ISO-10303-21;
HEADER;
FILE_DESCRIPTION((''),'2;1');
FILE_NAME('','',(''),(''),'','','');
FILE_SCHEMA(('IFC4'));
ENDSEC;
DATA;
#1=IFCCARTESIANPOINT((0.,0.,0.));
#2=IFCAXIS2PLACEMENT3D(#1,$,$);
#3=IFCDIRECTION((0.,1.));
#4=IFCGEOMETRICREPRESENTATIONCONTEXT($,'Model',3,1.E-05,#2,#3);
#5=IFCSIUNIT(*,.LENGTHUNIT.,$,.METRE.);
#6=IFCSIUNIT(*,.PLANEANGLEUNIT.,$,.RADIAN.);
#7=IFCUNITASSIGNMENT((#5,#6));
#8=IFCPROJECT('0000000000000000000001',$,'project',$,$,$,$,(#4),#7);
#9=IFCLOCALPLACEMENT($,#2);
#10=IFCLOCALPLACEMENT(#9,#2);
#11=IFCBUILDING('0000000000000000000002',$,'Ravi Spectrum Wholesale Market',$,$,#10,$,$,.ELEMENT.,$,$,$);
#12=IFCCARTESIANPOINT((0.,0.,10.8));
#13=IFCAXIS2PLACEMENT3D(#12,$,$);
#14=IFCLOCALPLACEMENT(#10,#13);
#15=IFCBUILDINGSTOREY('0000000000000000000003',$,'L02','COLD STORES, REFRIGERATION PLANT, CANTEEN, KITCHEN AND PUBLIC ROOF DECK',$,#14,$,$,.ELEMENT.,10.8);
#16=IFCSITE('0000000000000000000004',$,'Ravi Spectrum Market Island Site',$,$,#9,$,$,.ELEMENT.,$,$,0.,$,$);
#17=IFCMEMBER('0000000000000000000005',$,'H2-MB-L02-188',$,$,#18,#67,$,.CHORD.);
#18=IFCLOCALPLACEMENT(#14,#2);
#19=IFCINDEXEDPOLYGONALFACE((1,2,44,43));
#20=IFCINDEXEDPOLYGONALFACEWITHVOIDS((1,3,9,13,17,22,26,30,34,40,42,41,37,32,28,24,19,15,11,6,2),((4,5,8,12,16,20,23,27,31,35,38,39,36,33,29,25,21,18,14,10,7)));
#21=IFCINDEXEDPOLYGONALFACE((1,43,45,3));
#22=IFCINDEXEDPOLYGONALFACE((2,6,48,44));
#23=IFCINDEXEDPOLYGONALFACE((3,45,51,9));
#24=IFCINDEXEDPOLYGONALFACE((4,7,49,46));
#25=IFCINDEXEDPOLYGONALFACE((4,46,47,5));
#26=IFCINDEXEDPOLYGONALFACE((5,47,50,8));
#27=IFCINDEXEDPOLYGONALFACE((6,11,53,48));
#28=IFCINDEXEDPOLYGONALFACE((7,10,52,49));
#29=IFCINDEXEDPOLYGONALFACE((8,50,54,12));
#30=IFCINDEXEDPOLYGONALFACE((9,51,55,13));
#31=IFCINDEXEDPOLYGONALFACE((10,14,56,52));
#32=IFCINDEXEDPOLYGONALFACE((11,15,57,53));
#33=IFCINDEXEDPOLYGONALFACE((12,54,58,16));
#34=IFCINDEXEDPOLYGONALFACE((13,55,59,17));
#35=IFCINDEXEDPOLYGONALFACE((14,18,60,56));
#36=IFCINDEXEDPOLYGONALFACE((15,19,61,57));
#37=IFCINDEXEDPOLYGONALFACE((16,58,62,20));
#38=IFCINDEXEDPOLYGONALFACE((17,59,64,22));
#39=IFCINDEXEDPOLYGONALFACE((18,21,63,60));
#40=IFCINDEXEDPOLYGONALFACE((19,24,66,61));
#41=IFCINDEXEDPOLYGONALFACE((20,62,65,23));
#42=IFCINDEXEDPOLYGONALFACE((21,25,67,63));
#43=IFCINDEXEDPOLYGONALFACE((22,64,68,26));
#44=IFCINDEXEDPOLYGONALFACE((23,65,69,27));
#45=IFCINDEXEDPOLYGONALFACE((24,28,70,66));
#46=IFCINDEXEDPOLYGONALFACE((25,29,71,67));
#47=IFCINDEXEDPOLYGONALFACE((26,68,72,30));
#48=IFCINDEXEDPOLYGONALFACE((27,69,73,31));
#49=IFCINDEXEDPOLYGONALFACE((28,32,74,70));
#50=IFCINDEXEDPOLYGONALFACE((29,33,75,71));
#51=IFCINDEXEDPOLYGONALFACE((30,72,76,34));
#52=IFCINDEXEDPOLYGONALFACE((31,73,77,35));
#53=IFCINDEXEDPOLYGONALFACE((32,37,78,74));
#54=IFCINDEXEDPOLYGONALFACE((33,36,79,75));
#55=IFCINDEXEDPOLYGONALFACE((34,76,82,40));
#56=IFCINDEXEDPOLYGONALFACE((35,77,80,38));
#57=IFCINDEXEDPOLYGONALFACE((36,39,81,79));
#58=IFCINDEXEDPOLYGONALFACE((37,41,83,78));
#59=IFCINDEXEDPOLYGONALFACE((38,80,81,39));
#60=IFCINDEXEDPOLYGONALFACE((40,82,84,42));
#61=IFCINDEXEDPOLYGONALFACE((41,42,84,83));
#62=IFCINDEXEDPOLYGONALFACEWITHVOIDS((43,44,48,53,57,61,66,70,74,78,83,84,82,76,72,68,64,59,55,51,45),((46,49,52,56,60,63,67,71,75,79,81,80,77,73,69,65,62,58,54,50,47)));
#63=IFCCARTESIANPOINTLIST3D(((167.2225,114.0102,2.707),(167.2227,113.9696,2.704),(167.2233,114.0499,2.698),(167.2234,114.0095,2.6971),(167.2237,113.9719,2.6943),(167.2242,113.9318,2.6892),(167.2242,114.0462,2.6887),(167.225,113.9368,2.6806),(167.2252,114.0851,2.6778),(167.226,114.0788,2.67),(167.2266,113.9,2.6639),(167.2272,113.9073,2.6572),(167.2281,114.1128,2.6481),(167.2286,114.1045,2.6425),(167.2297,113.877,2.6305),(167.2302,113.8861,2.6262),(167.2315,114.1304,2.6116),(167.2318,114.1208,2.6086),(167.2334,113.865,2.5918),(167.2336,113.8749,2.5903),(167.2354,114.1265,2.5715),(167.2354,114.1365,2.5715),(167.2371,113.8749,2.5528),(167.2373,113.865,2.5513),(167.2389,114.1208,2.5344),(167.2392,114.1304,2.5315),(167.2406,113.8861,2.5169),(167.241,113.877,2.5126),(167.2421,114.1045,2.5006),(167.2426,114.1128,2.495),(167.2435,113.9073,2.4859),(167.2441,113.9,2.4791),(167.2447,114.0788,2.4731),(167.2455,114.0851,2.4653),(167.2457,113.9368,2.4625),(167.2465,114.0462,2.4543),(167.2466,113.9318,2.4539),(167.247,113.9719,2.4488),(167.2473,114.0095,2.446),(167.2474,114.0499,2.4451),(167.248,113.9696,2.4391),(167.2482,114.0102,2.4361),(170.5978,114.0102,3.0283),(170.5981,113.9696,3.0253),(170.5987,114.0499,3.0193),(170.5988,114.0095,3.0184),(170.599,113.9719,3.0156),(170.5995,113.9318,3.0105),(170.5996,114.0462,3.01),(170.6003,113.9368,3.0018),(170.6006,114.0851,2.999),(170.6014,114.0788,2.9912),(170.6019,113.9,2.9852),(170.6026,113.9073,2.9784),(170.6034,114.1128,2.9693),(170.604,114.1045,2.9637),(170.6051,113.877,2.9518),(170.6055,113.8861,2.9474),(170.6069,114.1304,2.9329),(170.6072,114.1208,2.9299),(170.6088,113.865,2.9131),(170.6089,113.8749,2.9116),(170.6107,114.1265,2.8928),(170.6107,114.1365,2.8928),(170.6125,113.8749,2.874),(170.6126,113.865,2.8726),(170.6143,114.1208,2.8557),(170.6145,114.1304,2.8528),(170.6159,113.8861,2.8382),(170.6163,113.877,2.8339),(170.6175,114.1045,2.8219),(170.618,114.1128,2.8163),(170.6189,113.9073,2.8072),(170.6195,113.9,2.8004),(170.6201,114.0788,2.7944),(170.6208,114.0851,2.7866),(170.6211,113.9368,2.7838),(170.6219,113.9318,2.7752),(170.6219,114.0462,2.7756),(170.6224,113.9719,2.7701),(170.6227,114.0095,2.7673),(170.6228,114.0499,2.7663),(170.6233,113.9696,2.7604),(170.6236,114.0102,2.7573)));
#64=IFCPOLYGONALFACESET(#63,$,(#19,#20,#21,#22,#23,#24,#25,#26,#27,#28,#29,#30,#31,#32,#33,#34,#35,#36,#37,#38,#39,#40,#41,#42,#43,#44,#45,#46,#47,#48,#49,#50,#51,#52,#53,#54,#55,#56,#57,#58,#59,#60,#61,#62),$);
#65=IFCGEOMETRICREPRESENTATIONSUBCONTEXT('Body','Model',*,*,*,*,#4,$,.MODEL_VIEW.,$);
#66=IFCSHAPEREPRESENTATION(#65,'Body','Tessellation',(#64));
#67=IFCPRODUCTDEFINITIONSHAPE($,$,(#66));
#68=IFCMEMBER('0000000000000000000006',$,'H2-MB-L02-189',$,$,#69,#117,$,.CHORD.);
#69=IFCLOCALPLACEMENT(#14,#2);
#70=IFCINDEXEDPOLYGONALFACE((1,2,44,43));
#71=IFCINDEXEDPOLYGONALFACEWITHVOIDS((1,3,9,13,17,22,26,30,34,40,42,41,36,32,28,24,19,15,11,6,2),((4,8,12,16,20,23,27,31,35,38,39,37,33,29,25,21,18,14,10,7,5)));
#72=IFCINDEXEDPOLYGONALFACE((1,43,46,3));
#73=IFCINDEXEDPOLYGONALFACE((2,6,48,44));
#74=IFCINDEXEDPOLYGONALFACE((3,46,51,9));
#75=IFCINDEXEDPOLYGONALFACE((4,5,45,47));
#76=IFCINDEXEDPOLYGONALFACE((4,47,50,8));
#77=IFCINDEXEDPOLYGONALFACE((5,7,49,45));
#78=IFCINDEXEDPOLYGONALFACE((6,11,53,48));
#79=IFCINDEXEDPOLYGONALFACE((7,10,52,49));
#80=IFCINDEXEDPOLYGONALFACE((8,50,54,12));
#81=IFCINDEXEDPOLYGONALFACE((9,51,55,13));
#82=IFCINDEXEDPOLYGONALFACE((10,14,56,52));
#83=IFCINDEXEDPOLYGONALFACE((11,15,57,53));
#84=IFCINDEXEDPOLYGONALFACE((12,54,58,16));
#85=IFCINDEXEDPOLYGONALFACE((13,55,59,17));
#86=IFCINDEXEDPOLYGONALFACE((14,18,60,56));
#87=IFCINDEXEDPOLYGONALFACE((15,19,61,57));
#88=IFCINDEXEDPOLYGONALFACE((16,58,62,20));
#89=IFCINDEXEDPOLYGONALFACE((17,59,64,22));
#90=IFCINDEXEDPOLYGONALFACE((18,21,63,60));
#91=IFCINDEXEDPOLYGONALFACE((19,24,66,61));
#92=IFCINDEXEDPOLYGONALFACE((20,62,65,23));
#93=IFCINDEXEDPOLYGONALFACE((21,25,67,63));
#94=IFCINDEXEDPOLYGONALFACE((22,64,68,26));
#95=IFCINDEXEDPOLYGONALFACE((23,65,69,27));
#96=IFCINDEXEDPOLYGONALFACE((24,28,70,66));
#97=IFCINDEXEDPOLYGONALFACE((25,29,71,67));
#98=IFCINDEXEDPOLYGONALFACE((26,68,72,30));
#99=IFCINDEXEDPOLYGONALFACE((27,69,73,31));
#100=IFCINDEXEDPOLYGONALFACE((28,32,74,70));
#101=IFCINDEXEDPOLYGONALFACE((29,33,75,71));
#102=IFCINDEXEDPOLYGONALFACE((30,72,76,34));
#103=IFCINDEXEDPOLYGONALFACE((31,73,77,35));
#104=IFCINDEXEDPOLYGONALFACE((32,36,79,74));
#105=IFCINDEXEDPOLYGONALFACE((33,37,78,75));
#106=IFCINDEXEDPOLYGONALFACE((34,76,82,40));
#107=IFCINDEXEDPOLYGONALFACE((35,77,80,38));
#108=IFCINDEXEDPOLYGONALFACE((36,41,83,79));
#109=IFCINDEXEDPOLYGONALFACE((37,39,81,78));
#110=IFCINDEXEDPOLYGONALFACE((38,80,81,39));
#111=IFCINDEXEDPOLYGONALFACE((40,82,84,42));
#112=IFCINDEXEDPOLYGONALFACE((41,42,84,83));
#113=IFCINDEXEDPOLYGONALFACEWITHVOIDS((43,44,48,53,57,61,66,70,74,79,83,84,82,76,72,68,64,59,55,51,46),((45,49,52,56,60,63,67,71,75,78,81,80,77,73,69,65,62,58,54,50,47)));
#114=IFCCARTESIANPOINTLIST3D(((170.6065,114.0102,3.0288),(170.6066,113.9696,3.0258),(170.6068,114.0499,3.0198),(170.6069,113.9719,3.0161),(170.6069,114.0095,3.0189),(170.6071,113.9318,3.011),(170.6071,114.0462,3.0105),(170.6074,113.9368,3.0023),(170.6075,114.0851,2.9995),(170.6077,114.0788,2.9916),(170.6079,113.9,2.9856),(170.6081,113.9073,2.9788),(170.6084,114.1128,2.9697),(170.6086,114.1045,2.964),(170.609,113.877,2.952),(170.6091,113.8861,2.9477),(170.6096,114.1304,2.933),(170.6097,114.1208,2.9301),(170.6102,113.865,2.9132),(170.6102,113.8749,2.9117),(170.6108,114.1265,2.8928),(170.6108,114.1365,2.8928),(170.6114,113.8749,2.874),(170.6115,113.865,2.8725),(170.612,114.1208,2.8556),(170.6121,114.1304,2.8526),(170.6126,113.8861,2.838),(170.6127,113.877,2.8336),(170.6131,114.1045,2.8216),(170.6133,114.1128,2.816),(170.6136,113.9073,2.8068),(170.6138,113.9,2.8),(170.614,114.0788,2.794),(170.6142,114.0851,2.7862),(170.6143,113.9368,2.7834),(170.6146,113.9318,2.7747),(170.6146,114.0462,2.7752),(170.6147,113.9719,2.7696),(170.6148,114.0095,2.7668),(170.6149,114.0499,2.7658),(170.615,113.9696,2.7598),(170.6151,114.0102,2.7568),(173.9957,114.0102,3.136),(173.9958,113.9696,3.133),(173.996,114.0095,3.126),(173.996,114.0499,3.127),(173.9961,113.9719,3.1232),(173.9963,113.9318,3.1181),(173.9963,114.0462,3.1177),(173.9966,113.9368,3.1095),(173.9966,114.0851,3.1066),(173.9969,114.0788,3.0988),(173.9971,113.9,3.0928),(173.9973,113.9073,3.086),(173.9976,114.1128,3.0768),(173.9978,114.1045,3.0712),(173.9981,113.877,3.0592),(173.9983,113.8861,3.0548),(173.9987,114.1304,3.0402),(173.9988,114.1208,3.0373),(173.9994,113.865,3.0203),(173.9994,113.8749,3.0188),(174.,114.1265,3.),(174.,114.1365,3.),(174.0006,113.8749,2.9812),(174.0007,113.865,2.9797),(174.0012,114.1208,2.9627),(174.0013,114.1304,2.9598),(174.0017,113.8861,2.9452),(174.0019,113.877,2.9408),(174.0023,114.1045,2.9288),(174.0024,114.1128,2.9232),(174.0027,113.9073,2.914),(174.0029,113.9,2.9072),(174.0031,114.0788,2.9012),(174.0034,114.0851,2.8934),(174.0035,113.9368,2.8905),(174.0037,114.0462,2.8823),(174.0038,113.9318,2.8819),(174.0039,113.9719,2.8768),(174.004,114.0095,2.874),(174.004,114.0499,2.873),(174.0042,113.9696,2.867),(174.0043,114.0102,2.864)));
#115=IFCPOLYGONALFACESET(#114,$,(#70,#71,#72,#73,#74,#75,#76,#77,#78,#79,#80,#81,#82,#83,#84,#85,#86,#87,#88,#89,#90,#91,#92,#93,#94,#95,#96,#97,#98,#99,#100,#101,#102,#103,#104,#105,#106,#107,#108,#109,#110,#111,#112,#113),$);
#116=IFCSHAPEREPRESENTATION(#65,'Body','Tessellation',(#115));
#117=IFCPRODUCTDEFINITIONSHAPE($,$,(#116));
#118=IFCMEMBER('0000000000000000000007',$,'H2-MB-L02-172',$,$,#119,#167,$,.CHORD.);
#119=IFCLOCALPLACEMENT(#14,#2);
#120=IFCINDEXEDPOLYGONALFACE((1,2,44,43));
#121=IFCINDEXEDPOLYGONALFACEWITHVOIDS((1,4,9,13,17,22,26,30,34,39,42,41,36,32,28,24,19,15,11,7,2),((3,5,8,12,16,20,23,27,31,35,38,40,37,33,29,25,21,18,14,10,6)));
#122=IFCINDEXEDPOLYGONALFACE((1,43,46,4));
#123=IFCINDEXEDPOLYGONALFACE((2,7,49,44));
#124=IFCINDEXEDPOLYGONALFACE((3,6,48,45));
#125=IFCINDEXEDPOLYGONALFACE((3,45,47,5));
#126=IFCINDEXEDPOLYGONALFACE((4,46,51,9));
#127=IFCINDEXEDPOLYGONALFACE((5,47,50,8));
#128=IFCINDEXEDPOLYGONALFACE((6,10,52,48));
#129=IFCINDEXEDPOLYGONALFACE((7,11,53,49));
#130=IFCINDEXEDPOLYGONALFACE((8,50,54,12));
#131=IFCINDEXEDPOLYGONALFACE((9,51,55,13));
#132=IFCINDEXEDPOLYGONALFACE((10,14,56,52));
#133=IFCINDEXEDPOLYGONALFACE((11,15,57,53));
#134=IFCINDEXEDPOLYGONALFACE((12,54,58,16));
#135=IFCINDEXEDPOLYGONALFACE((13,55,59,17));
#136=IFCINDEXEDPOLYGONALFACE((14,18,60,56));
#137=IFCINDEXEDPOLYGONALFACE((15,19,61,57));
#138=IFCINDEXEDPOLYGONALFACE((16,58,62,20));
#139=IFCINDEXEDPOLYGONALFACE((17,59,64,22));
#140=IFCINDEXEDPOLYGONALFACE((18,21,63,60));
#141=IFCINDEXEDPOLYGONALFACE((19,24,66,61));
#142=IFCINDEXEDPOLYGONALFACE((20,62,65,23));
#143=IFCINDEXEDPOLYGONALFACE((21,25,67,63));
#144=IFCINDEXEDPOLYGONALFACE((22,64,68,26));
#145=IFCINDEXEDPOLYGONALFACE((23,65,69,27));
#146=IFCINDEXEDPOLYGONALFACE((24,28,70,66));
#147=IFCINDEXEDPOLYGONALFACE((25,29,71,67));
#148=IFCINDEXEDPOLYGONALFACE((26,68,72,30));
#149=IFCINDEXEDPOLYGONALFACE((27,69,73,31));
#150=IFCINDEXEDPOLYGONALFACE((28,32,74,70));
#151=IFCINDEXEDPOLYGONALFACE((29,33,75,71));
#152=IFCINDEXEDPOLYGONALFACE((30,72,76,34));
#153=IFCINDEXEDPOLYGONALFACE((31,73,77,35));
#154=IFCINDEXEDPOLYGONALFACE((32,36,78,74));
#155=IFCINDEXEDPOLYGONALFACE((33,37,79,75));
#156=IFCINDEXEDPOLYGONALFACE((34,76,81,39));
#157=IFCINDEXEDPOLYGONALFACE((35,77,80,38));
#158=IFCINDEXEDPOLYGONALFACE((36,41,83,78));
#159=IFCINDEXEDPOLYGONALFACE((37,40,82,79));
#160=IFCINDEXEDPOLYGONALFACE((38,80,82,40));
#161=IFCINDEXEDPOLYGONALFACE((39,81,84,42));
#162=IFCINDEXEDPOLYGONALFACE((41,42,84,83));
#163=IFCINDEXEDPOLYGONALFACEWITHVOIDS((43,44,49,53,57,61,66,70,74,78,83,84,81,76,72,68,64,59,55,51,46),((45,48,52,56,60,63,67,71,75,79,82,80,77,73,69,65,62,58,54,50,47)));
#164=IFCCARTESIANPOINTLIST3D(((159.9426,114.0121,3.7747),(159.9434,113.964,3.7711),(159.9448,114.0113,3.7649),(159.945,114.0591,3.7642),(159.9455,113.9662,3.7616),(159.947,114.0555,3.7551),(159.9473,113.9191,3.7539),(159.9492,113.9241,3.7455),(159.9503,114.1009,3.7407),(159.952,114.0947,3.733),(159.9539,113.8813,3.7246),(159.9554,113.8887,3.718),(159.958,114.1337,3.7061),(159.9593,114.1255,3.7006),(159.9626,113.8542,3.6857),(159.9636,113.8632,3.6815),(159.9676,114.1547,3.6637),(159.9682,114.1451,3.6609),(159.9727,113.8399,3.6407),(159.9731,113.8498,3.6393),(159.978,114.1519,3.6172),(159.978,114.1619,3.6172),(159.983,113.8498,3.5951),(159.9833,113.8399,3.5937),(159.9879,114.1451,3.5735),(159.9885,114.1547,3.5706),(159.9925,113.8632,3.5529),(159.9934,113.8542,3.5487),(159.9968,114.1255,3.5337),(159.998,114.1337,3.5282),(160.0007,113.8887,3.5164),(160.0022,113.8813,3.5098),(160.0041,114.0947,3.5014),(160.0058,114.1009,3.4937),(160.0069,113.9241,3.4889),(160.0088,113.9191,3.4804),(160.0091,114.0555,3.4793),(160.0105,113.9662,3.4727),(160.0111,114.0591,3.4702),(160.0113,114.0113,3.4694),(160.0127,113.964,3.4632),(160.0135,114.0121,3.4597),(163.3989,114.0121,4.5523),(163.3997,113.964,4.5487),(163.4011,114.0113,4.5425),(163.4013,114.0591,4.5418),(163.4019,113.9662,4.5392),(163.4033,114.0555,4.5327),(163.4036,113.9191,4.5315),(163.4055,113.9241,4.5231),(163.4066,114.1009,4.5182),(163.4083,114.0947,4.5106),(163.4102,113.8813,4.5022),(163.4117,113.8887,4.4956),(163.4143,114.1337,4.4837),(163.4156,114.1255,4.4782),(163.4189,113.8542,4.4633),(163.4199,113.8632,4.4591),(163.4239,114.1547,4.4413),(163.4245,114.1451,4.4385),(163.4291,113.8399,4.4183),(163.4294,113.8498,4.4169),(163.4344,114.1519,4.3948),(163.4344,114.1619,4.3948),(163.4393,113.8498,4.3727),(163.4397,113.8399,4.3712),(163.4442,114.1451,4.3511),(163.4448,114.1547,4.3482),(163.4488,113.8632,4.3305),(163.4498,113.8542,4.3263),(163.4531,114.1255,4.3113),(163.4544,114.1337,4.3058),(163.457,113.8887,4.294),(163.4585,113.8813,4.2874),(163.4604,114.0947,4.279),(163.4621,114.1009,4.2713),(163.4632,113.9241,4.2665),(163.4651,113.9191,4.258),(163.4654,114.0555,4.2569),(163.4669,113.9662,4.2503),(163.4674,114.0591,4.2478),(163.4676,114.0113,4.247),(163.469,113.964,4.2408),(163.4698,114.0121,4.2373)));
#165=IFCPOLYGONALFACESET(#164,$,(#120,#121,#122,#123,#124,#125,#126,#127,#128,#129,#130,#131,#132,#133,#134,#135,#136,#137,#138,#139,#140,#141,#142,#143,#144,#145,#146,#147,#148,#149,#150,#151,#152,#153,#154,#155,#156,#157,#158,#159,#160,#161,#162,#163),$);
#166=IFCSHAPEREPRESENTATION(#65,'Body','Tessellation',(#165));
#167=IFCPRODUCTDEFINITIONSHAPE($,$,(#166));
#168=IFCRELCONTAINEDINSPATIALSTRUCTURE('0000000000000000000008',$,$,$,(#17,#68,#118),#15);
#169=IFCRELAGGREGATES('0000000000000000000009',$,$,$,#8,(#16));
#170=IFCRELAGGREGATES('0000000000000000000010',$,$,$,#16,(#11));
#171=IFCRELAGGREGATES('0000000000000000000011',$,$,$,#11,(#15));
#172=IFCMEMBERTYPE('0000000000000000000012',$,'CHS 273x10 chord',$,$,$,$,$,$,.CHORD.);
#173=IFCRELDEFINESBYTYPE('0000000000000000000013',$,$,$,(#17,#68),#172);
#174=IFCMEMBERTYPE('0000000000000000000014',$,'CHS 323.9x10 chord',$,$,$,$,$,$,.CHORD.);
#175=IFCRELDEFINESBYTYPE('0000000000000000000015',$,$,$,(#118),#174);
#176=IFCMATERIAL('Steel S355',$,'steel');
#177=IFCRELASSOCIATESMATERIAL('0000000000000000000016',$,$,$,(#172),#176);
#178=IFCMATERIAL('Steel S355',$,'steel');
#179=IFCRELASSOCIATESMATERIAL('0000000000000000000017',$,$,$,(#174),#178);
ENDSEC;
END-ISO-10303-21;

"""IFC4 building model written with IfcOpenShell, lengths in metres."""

from ifc_helpers import new_model, si_unit, direction, frame, origin, origin_2d, place, context, subcontext, project, spatial, hollow_circle, extrude, material, material_profile, profile_set, type_object, element, save


model = new_model("IFC4")

# Units and contexts
model_context = context("Model", 3, precision=1e-05, world=origin(), true_north=direction((0.0, 1.0)))
body_context = subcontext(model_context, "Body", "Model", "MODEL_VIEW")
ifc_project = project(units=[si_unit("LENGTHUNIT", "METRE"), si_unit("PLANEANGLEUNIT", "RADIAN")], contexts=[model_context])

# Site, building, storey
site_placement = place(None, origin())
site = spatial("IfcSite", under=ifc_project, at=site_placement, Name="Ravi Spectrum Market Island Site", CompositionType="ELEMENT", RefElevation=0.0)
building_placement = place(site_placement, origin())
building = spatial("IfcBuilding", under=site, at=building_placement, Name="Ravi Spectrum Wholesale Market", CompositionType="ELEMENT")
storey_placement = place(building_placement, frame((0.0, 0.0, 10.8)))
storey = spatial("IfcBuildingStorey", under=building, at=storey_placement, Name="L02", Description="COLD STORES, REFRIGERATION PLANT, CANTEEN, KITCHEN AND PUBLIC ROOF DECK", CompositionType="ELEMENT", Elevation=10.8)

# Members
ifc_material_1 = material(Name="Steel S355", Category="steel")
ifc_material_profile_1 = material_profile(ifc_material_1, hollow_circle(Radius=0.1365, WallThickness=0.01, at=origin_2d()))
ifc_profile_set_1 = profile_set([ifc_material_profile_1], Name="Steel S355")
member_type_1 = type_object("IfcMemberType", Name="CHS 273x10 chord", PredefinedType="CHORD", material=ifc_profile_set_1)
member_1_placement = place(storey_placement, frame((167.2354, 114.0, 2.5715), z_axis=(0.995501, 0.0, 0.094755), x_axis=(0.0, 1.0, 0.0)))
element("IfcMember", 1, at=member_1_placement, inside=storey, type_object=member_type_1, Name="H2-MB-L02-188", PredefinedType="CHORD", context=body_context, shape_type="SweptSolid", body=[
    extrude(hollow_circle(Radius=0.1365, WallThickness=0.01, at=origin_2d()), origin(), (0.0, 0.0, 1.0), 3.3906),
])
member_2_placement = place(storey_placement, frame((170.6108, 114.0, 2.8928), z_axis=(0.9995, 0.0, 0.031608), x_axis=(0.0, 1.0, 0.0)))
element("IfcMember", 2, at=member_2_placement, inside=storey, type_object=member_type_1, Name="H2-MB-L02-189", PredefinedType="CHORD", context=body_context, shape_type="SweptSolid", body=[
    extrude(hollow_circle(Radius=0.1365, WallThickness=0.01, at=origin_2d()), origin(), (0.0, 0.0, 1.0), 3.3909),
])
ifc_material_2 = material(Name="Steel S355", Category="steel")
ifc_material_profile_2 = material_profile(ifc_material_2, hollow_circle(Radius=0.1619, WallThickness=0.01, at=origin_2d()))
ifc_profile_set_2 = profile_set([ifc_material_profile_2], Name="Steel S355")
member_type_2 = type_object("IfcMemberType", Name="CHS 323.9x10 chord", PredefinedType="CHORD", material=ifc_profile_set_2)
member_3_placement = place(storey_placement, frame((159.978, 114.0, 3.6172), z_axis=(0.975615, 0.0, 0.219491), x_axis=(0.0, 1.0, 0.0)))
element("IfcMember", 3, at=member_3_placement, inside=storey, type_object=member_type_2, Name="H2-MB-L02-172", PredefinedType="CHORD", context=body_context, shape_type="SweptSolid", body=[
    extrude(hollow_circle(Radius=0.1619, WallThickness=0.01, at=origin_2d()), origin(), (0.0, 0.0, 1.0), 3.5427),
])

save(model, "model.ifc")
